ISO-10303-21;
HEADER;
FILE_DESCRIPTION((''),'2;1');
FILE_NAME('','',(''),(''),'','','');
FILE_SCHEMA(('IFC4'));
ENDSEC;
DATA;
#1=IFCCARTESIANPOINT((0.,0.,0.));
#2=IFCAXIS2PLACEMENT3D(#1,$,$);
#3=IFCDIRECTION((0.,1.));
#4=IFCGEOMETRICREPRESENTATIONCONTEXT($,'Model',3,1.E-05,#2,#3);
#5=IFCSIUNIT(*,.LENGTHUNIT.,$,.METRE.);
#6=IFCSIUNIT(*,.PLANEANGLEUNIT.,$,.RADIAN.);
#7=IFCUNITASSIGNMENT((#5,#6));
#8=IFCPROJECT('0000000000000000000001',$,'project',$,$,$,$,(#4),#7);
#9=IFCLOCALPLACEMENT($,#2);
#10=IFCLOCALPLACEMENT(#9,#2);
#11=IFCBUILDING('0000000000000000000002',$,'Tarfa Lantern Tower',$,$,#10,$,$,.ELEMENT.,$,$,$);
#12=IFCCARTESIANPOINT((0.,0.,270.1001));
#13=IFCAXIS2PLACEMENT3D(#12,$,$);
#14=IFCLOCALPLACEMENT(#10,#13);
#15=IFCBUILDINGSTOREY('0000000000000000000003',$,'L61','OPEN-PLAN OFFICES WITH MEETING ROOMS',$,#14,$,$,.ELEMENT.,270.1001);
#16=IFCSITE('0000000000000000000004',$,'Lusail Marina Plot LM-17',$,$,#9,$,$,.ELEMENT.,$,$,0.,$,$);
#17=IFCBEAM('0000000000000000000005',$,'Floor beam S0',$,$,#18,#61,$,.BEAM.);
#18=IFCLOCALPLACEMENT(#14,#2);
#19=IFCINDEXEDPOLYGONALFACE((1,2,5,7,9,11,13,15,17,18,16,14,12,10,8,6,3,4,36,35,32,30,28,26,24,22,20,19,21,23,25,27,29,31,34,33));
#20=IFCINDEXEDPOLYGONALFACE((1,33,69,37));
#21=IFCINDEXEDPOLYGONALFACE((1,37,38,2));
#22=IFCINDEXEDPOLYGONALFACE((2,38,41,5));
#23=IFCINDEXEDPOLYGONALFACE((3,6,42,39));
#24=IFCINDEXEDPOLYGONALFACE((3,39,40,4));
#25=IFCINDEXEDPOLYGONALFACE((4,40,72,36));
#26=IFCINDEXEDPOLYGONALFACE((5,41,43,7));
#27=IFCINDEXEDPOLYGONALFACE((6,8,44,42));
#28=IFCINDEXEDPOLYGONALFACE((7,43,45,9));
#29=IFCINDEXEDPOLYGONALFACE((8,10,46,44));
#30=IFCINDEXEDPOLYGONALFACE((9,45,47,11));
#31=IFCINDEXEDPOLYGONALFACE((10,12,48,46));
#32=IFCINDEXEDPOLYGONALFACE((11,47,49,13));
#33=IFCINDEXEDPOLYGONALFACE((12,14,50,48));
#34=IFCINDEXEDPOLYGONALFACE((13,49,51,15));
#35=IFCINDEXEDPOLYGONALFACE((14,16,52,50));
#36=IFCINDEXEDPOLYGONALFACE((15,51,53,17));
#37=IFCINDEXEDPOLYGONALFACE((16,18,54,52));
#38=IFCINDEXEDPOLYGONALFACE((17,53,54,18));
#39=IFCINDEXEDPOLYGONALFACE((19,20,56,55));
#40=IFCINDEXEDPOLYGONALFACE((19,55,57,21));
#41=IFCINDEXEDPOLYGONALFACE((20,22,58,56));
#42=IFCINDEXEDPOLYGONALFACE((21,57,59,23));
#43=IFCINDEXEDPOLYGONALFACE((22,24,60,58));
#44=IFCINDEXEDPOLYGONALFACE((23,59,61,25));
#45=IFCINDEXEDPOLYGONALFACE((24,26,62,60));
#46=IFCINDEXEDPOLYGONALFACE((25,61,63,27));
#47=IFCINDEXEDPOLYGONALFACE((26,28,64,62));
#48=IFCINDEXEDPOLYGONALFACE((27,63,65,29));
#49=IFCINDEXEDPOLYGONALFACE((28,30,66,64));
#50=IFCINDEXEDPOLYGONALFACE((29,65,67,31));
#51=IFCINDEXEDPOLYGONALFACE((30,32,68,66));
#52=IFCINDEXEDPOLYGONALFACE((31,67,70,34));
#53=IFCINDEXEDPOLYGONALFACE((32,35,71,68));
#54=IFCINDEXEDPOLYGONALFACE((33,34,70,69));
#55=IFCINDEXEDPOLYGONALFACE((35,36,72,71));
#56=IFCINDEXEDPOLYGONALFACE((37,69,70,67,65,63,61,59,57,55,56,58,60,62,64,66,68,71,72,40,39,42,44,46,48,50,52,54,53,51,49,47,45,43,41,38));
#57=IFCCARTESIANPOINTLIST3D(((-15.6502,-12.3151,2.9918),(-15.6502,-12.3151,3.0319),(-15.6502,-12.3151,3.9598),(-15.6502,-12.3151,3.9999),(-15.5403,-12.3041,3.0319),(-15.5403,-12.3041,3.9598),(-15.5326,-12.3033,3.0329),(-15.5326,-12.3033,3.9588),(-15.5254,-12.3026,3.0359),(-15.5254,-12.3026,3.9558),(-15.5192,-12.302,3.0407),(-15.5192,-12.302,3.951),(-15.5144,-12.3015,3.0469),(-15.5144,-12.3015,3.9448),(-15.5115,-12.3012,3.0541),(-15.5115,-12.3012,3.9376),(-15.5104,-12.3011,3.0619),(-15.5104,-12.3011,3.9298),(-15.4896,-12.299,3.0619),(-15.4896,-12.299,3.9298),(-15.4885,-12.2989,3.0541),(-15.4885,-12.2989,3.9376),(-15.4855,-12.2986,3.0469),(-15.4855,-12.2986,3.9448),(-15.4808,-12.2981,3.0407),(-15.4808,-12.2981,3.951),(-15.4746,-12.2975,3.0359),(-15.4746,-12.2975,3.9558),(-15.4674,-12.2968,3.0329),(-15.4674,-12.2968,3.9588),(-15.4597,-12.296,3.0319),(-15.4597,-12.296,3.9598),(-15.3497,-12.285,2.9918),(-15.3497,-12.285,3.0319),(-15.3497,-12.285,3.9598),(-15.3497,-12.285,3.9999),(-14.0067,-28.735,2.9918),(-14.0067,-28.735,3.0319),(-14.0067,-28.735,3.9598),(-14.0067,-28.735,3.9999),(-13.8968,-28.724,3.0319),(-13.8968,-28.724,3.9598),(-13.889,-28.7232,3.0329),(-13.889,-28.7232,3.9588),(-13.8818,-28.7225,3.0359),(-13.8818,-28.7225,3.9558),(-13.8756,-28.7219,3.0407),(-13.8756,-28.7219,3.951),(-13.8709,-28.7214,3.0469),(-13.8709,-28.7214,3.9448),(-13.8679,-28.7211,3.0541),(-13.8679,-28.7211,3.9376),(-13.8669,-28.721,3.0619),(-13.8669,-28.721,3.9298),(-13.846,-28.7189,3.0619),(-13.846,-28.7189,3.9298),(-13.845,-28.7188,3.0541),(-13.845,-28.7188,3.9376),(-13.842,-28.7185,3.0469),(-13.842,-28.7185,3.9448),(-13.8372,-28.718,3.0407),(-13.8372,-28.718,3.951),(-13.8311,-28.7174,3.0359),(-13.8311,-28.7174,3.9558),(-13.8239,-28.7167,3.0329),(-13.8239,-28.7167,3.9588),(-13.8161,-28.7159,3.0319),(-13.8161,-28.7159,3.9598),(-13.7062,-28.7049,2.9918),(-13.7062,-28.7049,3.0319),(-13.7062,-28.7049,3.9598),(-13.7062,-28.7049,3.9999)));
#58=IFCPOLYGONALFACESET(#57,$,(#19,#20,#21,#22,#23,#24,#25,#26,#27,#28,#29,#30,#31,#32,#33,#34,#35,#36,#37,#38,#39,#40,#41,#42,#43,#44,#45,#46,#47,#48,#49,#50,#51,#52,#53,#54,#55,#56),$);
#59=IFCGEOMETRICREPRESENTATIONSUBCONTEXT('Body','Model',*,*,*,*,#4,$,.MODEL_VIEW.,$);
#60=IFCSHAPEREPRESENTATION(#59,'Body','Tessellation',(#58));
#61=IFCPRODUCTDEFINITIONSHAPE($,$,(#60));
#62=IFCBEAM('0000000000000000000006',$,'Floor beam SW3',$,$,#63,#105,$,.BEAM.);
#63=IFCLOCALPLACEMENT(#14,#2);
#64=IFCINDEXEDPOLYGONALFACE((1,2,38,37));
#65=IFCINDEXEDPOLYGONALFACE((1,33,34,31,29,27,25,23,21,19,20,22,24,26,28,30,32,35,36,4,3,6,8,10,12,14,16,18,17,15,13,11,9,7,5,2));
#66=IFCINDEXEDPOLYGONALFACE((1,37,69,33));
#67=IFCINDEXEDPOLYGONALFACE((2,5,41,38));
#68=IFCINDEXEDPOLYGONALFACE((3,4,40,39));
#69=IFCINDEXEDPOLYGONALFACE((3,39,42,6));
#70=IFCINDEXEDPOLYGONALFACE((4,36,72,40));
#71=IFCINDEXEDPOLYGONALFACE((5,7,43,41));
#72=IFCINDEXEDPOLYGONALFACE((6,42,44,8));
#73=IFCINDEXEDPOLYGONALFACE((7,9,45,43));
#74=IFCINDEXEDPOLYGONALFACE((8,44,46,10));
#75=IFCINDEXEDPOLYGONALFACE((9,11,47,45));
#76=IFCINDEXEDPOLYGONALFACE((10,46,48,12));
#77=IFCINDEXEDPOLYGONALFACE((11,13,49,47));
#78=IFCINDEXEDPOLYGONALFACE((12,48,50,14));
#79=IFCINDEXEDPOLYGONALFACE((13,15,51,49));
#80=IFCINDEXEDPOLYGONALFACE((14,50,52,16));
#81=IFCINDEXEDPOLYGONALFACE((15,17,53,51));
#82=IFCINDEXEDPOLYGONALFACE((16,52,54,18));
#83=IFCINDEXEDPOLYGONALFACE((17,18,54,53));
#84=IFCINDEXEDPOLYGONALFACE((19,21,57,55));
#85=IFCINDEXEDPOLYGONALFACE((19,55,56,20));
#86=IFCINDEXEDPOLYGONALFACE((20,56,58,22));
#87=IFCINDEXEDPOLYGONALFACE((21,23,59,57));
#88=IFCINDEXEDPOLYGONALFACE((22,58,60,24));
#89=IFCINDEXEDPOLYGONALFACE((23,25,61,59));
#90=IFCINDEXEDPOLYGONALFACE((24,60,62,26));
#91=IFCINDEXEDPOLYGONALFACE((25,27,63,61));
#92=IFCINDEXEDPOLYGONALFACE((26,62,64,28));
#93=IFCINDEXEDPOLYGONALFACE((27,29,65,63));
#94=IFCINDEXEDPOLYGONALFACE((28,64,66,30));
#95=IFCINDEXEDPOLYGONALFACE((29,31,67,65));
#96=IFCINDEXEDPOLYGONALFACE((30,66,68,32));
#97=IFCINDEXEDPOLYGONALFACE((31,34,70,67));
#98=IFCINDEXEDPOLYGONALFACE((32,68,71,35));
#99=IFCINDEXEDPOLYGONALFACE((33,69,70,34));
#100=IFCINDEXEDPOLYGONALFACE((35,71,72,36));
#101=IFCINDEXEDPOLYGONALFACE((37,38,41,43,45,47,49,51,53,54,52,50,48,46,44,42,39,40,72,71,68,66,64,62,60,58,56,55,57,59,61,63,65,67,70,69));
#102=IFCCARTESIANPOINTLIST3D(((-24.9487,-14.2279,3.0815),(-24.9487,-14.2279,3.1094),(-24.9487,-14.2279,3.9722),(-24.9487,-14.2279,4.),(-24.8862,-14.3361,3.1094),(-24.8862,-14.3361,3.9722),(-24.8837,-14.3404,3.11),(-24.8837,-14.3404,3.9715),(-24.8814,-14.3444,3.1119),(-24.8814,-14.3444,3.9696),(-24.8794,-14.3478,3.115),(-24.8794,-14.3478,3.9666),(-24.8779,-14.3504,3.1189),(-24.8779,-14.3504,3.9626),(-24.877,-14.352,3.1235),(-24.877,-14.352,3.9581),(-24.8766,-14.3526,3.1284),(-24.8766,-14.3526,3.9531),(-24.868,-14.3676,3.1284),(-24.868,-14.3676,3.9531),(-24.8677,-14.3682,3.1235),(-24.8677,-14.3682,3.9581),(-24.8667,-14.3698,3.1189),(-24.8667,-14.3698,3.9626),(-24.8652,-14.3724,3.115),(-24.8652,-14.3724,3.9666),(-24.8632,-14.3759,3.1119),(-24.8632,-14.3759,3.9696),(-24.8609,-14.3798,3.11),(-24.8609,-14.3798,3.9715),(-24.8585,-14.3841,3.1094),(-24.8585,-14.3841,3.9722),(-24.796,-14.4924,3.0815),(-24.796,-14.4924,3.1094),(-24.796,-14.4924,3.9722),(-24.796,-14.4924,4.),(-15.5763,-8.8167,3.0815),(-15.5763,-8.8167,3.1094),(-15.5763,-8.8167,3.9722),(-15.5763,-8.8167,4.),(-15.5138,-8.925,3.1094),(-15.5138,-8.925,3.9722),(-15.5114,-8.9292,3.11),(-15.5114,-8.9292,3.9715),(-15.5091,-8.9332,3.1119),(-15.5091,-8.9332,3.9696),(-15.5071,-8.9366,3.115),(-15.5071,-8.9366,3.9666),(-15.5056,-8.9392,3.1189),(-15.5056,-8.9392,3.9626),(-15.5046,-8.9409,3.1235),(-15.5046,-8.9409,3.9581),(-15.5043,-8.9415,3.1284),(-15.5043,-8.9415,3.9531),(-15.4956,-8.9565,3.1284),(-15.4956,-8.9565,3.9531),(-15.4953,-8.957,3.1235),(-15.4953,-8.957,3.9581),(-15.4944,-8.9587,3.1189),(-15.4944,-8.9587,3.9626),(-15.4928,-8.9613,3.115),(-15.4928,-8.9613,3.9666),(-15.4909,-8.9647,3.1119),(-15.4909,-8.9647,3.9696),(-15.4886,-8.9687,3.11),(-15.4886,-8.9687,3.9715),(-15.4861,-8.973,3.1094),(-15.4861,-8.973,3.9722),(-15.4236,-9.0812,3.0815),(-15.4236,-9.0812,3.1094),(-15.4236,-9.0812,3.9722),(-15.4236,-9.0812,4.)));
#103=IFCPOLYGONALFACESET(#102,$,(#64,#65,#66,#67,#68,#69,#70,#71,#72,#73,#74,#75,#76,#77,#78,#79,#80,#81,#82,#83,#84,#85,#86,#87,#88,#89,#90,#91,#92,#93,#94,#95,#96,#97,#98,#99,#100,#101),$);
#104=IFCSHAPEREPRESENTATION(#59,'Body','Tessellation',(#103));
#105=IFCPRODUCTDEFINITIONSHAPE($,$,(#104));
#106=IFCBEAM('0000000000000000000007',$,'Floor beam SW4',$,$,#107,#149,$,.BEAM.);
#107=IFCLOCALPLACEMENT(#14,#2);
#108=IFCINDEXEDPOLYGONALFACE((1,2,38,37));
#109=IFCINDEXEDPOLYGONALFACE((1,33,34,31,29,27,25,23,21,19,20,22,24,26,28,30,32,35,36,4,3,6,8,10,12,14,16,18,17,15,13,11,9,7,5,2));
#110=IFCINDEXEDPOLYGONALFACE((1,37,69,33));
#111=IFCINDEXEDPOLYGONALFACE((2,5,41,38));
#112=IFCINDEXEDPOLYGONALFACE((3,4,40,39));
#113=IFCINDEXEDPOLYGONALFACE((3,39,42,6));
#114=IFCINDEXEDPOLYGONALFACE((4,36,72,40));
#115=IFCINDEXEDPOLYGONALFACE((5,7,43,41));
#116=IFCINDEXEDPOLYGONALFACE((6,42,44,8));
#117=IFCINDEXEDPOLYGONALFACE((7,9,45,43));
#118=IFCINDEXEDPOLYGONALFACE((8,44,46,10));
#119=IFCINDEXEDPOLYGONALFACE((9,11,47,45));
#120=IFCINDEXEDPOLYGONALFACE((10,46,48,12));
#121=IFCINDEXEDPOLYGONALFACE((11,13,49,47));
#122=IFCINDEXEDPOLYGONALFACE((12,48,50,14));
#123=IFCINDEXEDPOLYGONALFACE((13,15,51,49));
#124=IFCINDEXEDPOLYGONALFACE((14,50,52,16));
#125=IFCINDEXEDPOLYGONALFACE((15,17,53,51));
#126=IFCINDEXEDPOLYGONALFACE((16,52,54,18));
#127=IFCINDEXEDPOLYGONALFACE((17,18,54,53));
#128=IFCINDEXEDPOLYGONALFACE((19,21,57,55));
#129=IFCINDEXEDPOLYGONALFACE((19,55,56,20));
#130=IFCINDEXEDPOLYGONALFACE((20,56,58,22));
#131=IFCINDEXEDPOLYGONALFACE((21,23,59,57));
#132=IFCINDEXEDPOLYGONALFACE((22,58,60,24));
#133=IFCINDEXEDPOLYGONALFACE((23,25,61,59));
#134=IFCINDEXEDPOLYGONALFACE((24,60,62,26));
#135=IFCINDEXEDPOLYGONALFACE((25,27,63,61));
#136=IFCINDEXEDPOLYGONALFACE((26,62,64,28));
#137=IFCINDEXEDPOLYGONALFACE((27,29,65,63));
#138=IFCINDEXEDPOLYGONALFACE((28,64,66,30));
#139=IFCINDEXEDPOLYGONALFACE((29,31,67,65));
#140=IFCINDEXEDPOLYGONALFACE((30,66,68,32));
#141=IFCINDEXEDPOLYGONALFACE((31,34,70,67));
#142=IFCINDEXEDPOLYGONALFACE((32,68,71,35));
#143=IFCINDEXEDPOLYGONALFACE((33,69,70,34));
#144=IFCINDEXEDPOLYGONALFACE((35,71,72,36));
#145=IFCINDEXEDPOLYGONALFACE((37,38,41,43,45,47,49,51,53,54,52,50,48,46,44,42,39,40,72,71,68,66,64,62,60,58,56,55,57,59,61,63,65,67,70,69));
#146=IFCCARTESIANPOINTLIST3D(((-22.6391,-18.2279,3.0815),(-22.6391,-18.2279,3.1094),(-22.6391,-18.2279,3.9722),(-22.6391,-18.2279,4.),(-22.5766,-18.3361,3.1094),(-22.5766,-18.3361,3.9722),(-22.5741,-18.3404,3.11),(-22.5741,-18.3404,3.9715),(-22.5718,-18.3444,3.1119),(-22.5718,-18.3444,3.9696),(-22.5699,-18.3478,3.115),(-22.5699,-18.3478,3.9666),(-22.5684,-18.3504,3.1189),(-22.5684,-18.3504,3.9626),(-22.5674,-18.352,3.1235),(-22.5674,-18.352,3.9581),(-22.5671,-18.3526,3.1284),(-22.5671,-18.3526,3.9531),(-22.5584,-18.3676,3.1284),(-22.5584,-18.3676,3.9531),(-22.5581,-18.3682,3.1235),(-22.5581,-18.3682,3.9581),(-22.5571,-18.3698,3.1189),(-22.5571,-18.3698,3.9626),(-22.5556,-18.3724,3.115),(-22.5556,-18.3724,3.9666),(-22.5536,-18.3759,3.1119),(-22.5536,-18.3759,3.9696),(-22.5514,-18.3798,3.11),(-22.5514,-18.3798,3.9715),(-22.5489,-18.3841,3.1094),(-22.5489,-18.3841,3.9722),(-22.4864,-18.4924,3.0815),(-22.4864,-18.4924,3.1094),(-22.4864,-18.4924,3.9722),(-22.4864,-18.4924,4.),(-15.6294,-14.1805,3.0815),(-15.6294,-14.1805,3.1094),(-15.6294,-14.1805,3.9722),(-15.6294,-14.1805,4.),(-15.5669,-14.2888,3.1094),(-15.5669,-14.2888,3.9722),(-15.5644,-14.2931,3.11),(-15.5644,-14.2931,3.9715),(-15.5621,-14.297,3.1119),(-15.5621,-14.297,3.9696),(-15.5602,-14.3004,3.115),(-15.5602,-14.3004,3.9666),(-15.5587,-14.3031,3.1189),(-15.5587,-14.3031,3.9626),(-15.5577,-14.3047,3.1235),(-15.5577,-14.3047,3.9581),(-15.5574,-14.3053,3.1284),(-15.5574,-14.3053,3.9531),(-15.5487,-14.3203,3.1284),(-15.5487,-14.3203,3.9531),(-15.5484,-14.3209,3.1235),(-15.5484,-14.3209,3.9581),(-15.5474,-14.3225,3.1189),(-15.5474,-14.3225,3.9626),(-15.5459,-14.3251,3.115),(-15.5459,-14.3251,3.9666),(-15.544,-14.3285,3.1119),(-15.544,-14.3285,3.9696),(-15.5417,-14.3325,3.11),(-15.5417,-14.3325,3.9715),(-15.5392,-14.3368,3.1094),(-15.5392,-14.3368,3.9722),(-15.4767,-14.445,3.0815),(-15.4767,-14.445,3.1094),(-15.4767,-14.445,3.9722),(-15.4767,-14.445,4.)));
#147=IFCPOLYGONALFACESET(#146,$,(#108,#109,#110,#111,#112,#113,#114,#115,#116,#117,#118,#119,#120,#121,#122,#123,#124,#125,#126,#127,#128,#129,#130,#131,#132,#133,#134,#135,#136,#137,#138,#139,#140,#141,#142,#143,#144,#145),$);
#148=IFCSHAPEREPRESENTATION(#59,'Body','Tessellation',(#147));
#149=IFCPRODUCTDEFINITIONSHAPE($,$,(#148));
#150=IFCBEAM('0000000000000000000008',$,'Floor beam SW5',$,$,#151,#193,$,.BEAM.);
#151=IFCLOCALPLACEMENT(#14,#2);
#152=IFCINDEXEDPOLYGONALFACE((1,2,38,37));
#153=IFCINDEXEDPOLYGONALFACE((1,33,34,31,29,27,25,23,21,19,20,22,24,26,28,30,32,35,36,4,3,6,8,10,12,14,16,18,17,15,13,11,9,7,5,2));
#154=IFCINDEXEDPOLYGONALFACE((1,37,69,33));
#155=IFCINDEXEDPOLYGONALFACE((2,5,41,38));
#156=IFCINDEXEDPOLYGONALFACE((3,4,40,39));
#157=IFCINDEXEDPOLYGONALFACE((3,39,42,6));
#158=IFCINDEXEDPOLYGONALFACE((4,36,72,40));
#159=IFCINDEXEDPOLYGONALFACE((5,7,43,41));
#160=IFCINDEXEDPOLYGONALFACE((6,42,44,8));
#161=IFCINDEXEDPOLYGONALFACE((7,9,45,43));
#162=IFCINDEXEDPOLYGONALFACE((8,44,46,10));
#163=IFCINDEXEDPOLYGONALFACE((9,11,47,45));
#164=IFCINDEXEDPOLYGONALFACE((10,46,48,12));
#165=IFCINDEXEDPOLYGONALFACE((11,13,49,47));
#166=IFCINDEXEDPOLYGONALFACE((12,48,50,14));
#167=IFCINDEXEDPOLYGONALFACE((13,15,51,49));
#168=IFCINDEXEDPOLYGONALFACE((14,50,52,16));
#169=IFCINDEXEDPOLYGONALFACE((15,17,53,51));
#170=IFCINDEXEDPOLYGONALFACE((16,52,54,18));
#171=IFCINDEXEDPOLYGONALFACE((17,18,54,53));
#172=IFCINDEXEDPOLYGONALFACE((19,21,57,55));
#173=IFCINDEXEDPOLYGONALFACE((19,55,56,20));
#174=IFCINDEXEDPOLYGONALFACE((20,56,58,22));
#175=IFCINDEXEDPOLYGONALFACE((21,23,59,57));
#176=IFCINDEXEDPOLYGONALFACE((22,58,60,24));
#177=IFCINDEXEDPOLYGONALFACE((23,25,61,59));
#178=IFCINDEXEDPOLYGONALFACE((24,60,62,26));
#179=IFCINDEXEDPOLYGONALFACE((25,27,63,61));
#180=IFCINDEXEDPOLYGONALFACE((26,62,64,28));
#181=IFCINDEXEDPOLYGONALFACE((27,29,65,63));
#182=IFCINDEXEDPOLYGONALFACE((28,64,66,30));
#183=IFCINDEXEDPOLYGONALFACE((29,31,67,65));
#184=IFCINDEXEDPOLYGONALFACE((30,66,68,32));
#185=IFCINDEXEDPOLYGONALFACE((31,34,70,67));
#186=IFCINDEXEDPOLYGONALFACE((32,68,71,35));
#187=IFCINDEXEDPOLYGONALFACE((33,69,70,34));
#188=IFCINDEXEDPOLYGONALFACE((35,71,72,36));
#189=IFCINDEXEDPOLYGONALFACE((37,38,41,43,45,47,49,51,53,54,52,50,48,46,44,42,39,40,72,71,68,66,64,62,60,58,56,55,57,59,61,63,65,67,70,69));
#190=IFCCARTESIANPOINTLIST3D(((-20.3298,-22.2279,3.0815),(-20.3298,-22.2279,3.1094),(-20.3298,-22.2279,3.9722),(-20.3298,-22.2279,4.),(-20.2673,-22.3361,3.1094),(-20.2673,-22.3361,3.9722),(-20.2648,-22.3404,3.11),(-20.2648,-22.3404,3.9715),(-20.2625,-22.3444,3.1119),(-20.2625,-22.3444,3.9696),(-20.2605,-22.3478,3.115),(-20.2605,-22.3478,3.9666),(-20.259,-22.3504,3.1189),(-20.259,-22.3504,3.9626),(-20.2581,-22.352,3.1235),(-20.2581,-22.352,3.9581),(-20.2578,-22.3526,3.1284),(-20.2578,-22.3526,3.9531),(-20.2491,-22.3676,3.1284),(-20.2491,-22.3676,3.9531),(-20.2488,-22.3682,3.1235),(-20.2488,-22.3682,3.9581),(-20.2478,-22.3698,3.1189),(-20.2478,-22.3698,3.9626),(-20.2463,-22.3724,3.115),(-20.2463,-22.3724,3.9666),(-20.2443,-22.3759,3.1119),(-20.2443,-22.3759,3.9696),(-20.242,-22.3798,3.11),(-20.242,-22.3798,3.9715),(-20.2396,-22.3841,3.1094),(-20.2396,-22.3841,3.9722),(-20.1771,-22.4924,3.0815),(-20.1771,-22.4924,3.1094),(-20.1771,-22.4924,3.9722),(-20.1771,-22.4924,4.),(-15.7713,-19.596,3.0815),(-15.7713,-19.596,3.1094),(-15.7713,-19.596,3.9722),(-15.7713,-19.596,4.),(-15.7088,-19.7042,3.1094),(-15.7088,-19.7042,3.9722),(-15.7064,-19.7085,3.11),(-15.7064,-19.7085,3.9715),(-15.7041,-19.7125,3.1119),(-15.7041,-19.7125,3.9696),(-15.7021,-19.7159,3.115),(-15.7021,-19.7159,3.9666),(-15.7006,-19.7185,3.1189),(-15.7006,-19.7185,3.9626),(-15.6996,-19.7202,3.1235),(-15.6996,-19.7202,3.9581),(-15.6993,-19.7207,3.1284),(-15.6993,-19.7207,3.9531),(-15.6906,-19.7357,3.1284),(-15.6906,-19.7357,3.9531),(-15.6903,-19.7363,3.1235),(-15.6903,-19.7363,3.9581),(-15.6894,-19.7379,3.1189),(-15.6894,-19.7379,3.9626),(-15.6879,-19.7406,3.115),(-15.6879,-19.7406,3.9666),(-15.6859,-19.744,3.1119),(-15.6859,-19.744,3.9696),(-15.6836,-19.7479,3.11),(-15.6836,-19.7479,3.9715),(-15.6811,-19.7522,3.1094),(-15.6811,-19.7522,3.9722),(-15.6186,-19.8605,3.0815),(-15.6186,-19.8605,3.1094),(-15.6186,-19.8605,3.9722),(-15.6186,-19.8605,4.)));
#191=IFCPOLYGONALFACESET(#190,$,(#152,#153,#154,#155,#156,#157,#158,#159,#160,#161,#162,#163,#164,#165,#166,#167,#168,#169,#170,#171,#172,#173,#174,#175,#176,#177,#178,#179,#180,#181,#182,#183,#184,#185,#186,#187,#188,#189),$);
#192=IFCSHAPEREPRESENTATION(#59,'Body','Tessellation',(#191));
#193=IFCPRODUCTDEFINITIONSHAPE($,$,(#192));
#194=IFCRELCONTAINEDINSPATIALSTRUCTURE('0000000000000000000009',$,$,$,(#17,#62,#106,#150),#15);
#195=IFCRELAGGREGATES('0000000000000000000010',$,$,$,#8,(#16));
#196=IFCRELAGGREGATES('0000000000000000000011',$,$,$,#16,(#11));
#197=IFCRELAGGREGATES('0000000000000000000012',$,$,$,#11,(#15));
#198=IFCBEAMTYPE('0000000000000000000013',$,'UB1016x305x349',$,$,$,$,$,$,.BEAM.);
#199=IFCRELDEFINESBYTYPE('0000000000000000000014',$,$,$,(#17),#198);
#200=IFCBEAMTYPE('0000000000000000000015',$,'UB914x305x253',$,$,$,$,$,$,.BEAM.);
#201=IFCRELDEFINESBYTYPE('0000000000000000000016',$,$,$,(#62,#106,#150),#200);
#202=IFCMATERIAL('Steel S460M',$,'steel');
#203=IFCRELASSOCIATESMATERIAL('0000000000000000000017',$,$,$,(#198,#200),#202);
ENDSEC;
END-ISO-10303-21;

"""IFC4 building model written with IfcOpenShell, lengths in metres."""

from ifc_helpers import new_model, si_unit, direction, frame, origin, origin_2d, place, context, subcontext, project, spatial, i_section, extrude, material, material_profile, profile_set, type_object, element, save


model = new_model("IFC4")

# Units and contexts
model_context = context("Model", 3, precision=1e-05, world=origin(), true_north=direction((0.0, 1.0)))
body_context = subcontext(model_context, "Body", "Model", "MODEL_VIEW")
ifc_project = project(units=[si_unit("LENGTHUNIT", "METRE"), si_unit("PLANEANGLEUNIT", "RADIAN")], contexts=[model_context])

# Site, building, storey
site_placement = place(None, origin())
site = spatial("IfcSite", under=ifc_project, at=site_placement, Name="Lusail Marina Plot LM-17", CompositionType="ELEMENT", RefElevation=0.0)
building_placement = place(site_placement, origin())
building = spatial("IfcBuilding", under=site, at=building_placement, Name="Tarfa Lantern Tower", CompositionType="ELEMENT")
storey_placement = place(building_placement, frame((0.0, 0.0, 270.1001)))
storey = spatial("IfcBuildingStorey", under=building, at=storey_placement, Name="L61", Description="OPEN-PLAN OFFICES WITH MEETING ROOMS", CompositionType="ELEMENT", Elevation=270.1001)

# Beams
ifc_material_1 = material(Name="Steel S460M", Category="steel")
ifc_material_profile_1 = material_profile(ifc_material_1, i_section(OverallWidth=0.302, OverallDepth=1.0081, WebThickness=0.021, FlangeThickness=0.04, FilletRadius=0.03, at=origin_2d()), Name="UB1016x305x349")
ifc_profile_set_1 = profile_set([ifc_material_profile_1], Name="Steel S460M")
beam_type_1 = type_object("IfcBeamType", Name="UB1016x305x349", PredefinedType="BEAM", material=ifc_profile_set_1)
beam_1_placement = place(storey_placement, frame((-13.8564, -28.72, 3.4958), z_axis=(-0.099597, 0.995028, 0.0), x_axis=(-0.995028, -0.099597, 0.0)))
element("IfcBeam", 1, at=beam_1_placement, inside=storey, type_object=beam_type_1, Name="Floor beam S0", PredefinedType="BEAM", context=body_context, shape_type="SweptSolid", body=[
    extrude(i_section(OverallWidth=0.302, OverallDepth=1.0081, WebThickness=0.021, FlangeThickness=0.04, FilletRadius=0.03, at=origin_2d()), origin(), (0.0, 0.0, 1.0), 16.502),
])
ifc_material_profile_2 = material_profile(ifc_material_1, i_section(OverallWidth=0.3054, OverallDepth=0.9185, WebThickness=0.0173, FlangeThickness=0.0278, FilletRadius=0.019, at=origin_2d()), Name="UB914x305x253")
ifc_profile_set_2 = profile_set([ifc_material_profile_2], Name="Steel S460M")
beam_type_2 = type_object("IfcBeamType", Name="UB914x305x253", PredefinedType="BEAM", material=ifc_profile_set_2)
beam_2_placement = place(storey_placement, frame((-24.8723, -14.3601, 3.5408), z_axis=(0.866024, 0.500002, 0.0), x_axis=(-0.500002, 0.866024, 0.0)))
element("IfcBeam", 2, at=beam_2_placement, inside=storey, type_object=beam_type_2, Name="Floor beam SW3", PredefinedType="BEAM", context=body_context, shape_type="SweptSolid", body=[
    extrude(i_section(OverallWidth=0.3054, OverallDepth=0.9185, WebThickness=0.0173, FlangeThickness=0.0278, FilletRadius=0.019, at=origin_2d()), origin(), (0.0, 0.0, 1.0), 10.8223),
])
beam_3_placement = place(storey_placement, frame((-22.5627, -18.3601, 3.5408), z_axis=(0.866011, 0.500025, 0.0), x_axis=(-0.500025, 0.866011, 0.0)))
element("IfcBeam", 3, at=beam_3_placement, inside=storey, type_object=beam_type_2, Name="Floor beam SW4", PredefinedType="BEAM", context=body_context, shape_type="SweptSolid", body=[
    extrude(i_section(OverallWidth=0.3054, OverallDepth=0.9185, WebThickness=0.0173, FlangeThickness=0.0278, FilletRadius=0.019, at=origin_2d()), origin(), (0.0, 0.0, 1.0), 8.0942),
])
beam_4_placement = place(storey_placement, frame((-20.2534, -22.3601, 3.5408), z_axis=(0.86602, 0.50001, 0.0), x_axis=(-0.50001, 0.86602, 0.0)))
element("IfcBeam", 4, at=beam_4_placement, inside=storey, type_object=beam_type_2, Name="Floor beam SW5", PredefinedType="BEAM", context=body_context, shape_type="SweptSolid", body=[
    extrude(i_section(OverallWidth=0.3054, OverallDepth=0.9185, WebThickness=0.0173, FlangeThickness=0.0278, FilletRadius=0.019, at=origin_2d()), origin(), (0.0, 0.0, 1.0), 5.2637),
])

save(model, "model.ifc")
